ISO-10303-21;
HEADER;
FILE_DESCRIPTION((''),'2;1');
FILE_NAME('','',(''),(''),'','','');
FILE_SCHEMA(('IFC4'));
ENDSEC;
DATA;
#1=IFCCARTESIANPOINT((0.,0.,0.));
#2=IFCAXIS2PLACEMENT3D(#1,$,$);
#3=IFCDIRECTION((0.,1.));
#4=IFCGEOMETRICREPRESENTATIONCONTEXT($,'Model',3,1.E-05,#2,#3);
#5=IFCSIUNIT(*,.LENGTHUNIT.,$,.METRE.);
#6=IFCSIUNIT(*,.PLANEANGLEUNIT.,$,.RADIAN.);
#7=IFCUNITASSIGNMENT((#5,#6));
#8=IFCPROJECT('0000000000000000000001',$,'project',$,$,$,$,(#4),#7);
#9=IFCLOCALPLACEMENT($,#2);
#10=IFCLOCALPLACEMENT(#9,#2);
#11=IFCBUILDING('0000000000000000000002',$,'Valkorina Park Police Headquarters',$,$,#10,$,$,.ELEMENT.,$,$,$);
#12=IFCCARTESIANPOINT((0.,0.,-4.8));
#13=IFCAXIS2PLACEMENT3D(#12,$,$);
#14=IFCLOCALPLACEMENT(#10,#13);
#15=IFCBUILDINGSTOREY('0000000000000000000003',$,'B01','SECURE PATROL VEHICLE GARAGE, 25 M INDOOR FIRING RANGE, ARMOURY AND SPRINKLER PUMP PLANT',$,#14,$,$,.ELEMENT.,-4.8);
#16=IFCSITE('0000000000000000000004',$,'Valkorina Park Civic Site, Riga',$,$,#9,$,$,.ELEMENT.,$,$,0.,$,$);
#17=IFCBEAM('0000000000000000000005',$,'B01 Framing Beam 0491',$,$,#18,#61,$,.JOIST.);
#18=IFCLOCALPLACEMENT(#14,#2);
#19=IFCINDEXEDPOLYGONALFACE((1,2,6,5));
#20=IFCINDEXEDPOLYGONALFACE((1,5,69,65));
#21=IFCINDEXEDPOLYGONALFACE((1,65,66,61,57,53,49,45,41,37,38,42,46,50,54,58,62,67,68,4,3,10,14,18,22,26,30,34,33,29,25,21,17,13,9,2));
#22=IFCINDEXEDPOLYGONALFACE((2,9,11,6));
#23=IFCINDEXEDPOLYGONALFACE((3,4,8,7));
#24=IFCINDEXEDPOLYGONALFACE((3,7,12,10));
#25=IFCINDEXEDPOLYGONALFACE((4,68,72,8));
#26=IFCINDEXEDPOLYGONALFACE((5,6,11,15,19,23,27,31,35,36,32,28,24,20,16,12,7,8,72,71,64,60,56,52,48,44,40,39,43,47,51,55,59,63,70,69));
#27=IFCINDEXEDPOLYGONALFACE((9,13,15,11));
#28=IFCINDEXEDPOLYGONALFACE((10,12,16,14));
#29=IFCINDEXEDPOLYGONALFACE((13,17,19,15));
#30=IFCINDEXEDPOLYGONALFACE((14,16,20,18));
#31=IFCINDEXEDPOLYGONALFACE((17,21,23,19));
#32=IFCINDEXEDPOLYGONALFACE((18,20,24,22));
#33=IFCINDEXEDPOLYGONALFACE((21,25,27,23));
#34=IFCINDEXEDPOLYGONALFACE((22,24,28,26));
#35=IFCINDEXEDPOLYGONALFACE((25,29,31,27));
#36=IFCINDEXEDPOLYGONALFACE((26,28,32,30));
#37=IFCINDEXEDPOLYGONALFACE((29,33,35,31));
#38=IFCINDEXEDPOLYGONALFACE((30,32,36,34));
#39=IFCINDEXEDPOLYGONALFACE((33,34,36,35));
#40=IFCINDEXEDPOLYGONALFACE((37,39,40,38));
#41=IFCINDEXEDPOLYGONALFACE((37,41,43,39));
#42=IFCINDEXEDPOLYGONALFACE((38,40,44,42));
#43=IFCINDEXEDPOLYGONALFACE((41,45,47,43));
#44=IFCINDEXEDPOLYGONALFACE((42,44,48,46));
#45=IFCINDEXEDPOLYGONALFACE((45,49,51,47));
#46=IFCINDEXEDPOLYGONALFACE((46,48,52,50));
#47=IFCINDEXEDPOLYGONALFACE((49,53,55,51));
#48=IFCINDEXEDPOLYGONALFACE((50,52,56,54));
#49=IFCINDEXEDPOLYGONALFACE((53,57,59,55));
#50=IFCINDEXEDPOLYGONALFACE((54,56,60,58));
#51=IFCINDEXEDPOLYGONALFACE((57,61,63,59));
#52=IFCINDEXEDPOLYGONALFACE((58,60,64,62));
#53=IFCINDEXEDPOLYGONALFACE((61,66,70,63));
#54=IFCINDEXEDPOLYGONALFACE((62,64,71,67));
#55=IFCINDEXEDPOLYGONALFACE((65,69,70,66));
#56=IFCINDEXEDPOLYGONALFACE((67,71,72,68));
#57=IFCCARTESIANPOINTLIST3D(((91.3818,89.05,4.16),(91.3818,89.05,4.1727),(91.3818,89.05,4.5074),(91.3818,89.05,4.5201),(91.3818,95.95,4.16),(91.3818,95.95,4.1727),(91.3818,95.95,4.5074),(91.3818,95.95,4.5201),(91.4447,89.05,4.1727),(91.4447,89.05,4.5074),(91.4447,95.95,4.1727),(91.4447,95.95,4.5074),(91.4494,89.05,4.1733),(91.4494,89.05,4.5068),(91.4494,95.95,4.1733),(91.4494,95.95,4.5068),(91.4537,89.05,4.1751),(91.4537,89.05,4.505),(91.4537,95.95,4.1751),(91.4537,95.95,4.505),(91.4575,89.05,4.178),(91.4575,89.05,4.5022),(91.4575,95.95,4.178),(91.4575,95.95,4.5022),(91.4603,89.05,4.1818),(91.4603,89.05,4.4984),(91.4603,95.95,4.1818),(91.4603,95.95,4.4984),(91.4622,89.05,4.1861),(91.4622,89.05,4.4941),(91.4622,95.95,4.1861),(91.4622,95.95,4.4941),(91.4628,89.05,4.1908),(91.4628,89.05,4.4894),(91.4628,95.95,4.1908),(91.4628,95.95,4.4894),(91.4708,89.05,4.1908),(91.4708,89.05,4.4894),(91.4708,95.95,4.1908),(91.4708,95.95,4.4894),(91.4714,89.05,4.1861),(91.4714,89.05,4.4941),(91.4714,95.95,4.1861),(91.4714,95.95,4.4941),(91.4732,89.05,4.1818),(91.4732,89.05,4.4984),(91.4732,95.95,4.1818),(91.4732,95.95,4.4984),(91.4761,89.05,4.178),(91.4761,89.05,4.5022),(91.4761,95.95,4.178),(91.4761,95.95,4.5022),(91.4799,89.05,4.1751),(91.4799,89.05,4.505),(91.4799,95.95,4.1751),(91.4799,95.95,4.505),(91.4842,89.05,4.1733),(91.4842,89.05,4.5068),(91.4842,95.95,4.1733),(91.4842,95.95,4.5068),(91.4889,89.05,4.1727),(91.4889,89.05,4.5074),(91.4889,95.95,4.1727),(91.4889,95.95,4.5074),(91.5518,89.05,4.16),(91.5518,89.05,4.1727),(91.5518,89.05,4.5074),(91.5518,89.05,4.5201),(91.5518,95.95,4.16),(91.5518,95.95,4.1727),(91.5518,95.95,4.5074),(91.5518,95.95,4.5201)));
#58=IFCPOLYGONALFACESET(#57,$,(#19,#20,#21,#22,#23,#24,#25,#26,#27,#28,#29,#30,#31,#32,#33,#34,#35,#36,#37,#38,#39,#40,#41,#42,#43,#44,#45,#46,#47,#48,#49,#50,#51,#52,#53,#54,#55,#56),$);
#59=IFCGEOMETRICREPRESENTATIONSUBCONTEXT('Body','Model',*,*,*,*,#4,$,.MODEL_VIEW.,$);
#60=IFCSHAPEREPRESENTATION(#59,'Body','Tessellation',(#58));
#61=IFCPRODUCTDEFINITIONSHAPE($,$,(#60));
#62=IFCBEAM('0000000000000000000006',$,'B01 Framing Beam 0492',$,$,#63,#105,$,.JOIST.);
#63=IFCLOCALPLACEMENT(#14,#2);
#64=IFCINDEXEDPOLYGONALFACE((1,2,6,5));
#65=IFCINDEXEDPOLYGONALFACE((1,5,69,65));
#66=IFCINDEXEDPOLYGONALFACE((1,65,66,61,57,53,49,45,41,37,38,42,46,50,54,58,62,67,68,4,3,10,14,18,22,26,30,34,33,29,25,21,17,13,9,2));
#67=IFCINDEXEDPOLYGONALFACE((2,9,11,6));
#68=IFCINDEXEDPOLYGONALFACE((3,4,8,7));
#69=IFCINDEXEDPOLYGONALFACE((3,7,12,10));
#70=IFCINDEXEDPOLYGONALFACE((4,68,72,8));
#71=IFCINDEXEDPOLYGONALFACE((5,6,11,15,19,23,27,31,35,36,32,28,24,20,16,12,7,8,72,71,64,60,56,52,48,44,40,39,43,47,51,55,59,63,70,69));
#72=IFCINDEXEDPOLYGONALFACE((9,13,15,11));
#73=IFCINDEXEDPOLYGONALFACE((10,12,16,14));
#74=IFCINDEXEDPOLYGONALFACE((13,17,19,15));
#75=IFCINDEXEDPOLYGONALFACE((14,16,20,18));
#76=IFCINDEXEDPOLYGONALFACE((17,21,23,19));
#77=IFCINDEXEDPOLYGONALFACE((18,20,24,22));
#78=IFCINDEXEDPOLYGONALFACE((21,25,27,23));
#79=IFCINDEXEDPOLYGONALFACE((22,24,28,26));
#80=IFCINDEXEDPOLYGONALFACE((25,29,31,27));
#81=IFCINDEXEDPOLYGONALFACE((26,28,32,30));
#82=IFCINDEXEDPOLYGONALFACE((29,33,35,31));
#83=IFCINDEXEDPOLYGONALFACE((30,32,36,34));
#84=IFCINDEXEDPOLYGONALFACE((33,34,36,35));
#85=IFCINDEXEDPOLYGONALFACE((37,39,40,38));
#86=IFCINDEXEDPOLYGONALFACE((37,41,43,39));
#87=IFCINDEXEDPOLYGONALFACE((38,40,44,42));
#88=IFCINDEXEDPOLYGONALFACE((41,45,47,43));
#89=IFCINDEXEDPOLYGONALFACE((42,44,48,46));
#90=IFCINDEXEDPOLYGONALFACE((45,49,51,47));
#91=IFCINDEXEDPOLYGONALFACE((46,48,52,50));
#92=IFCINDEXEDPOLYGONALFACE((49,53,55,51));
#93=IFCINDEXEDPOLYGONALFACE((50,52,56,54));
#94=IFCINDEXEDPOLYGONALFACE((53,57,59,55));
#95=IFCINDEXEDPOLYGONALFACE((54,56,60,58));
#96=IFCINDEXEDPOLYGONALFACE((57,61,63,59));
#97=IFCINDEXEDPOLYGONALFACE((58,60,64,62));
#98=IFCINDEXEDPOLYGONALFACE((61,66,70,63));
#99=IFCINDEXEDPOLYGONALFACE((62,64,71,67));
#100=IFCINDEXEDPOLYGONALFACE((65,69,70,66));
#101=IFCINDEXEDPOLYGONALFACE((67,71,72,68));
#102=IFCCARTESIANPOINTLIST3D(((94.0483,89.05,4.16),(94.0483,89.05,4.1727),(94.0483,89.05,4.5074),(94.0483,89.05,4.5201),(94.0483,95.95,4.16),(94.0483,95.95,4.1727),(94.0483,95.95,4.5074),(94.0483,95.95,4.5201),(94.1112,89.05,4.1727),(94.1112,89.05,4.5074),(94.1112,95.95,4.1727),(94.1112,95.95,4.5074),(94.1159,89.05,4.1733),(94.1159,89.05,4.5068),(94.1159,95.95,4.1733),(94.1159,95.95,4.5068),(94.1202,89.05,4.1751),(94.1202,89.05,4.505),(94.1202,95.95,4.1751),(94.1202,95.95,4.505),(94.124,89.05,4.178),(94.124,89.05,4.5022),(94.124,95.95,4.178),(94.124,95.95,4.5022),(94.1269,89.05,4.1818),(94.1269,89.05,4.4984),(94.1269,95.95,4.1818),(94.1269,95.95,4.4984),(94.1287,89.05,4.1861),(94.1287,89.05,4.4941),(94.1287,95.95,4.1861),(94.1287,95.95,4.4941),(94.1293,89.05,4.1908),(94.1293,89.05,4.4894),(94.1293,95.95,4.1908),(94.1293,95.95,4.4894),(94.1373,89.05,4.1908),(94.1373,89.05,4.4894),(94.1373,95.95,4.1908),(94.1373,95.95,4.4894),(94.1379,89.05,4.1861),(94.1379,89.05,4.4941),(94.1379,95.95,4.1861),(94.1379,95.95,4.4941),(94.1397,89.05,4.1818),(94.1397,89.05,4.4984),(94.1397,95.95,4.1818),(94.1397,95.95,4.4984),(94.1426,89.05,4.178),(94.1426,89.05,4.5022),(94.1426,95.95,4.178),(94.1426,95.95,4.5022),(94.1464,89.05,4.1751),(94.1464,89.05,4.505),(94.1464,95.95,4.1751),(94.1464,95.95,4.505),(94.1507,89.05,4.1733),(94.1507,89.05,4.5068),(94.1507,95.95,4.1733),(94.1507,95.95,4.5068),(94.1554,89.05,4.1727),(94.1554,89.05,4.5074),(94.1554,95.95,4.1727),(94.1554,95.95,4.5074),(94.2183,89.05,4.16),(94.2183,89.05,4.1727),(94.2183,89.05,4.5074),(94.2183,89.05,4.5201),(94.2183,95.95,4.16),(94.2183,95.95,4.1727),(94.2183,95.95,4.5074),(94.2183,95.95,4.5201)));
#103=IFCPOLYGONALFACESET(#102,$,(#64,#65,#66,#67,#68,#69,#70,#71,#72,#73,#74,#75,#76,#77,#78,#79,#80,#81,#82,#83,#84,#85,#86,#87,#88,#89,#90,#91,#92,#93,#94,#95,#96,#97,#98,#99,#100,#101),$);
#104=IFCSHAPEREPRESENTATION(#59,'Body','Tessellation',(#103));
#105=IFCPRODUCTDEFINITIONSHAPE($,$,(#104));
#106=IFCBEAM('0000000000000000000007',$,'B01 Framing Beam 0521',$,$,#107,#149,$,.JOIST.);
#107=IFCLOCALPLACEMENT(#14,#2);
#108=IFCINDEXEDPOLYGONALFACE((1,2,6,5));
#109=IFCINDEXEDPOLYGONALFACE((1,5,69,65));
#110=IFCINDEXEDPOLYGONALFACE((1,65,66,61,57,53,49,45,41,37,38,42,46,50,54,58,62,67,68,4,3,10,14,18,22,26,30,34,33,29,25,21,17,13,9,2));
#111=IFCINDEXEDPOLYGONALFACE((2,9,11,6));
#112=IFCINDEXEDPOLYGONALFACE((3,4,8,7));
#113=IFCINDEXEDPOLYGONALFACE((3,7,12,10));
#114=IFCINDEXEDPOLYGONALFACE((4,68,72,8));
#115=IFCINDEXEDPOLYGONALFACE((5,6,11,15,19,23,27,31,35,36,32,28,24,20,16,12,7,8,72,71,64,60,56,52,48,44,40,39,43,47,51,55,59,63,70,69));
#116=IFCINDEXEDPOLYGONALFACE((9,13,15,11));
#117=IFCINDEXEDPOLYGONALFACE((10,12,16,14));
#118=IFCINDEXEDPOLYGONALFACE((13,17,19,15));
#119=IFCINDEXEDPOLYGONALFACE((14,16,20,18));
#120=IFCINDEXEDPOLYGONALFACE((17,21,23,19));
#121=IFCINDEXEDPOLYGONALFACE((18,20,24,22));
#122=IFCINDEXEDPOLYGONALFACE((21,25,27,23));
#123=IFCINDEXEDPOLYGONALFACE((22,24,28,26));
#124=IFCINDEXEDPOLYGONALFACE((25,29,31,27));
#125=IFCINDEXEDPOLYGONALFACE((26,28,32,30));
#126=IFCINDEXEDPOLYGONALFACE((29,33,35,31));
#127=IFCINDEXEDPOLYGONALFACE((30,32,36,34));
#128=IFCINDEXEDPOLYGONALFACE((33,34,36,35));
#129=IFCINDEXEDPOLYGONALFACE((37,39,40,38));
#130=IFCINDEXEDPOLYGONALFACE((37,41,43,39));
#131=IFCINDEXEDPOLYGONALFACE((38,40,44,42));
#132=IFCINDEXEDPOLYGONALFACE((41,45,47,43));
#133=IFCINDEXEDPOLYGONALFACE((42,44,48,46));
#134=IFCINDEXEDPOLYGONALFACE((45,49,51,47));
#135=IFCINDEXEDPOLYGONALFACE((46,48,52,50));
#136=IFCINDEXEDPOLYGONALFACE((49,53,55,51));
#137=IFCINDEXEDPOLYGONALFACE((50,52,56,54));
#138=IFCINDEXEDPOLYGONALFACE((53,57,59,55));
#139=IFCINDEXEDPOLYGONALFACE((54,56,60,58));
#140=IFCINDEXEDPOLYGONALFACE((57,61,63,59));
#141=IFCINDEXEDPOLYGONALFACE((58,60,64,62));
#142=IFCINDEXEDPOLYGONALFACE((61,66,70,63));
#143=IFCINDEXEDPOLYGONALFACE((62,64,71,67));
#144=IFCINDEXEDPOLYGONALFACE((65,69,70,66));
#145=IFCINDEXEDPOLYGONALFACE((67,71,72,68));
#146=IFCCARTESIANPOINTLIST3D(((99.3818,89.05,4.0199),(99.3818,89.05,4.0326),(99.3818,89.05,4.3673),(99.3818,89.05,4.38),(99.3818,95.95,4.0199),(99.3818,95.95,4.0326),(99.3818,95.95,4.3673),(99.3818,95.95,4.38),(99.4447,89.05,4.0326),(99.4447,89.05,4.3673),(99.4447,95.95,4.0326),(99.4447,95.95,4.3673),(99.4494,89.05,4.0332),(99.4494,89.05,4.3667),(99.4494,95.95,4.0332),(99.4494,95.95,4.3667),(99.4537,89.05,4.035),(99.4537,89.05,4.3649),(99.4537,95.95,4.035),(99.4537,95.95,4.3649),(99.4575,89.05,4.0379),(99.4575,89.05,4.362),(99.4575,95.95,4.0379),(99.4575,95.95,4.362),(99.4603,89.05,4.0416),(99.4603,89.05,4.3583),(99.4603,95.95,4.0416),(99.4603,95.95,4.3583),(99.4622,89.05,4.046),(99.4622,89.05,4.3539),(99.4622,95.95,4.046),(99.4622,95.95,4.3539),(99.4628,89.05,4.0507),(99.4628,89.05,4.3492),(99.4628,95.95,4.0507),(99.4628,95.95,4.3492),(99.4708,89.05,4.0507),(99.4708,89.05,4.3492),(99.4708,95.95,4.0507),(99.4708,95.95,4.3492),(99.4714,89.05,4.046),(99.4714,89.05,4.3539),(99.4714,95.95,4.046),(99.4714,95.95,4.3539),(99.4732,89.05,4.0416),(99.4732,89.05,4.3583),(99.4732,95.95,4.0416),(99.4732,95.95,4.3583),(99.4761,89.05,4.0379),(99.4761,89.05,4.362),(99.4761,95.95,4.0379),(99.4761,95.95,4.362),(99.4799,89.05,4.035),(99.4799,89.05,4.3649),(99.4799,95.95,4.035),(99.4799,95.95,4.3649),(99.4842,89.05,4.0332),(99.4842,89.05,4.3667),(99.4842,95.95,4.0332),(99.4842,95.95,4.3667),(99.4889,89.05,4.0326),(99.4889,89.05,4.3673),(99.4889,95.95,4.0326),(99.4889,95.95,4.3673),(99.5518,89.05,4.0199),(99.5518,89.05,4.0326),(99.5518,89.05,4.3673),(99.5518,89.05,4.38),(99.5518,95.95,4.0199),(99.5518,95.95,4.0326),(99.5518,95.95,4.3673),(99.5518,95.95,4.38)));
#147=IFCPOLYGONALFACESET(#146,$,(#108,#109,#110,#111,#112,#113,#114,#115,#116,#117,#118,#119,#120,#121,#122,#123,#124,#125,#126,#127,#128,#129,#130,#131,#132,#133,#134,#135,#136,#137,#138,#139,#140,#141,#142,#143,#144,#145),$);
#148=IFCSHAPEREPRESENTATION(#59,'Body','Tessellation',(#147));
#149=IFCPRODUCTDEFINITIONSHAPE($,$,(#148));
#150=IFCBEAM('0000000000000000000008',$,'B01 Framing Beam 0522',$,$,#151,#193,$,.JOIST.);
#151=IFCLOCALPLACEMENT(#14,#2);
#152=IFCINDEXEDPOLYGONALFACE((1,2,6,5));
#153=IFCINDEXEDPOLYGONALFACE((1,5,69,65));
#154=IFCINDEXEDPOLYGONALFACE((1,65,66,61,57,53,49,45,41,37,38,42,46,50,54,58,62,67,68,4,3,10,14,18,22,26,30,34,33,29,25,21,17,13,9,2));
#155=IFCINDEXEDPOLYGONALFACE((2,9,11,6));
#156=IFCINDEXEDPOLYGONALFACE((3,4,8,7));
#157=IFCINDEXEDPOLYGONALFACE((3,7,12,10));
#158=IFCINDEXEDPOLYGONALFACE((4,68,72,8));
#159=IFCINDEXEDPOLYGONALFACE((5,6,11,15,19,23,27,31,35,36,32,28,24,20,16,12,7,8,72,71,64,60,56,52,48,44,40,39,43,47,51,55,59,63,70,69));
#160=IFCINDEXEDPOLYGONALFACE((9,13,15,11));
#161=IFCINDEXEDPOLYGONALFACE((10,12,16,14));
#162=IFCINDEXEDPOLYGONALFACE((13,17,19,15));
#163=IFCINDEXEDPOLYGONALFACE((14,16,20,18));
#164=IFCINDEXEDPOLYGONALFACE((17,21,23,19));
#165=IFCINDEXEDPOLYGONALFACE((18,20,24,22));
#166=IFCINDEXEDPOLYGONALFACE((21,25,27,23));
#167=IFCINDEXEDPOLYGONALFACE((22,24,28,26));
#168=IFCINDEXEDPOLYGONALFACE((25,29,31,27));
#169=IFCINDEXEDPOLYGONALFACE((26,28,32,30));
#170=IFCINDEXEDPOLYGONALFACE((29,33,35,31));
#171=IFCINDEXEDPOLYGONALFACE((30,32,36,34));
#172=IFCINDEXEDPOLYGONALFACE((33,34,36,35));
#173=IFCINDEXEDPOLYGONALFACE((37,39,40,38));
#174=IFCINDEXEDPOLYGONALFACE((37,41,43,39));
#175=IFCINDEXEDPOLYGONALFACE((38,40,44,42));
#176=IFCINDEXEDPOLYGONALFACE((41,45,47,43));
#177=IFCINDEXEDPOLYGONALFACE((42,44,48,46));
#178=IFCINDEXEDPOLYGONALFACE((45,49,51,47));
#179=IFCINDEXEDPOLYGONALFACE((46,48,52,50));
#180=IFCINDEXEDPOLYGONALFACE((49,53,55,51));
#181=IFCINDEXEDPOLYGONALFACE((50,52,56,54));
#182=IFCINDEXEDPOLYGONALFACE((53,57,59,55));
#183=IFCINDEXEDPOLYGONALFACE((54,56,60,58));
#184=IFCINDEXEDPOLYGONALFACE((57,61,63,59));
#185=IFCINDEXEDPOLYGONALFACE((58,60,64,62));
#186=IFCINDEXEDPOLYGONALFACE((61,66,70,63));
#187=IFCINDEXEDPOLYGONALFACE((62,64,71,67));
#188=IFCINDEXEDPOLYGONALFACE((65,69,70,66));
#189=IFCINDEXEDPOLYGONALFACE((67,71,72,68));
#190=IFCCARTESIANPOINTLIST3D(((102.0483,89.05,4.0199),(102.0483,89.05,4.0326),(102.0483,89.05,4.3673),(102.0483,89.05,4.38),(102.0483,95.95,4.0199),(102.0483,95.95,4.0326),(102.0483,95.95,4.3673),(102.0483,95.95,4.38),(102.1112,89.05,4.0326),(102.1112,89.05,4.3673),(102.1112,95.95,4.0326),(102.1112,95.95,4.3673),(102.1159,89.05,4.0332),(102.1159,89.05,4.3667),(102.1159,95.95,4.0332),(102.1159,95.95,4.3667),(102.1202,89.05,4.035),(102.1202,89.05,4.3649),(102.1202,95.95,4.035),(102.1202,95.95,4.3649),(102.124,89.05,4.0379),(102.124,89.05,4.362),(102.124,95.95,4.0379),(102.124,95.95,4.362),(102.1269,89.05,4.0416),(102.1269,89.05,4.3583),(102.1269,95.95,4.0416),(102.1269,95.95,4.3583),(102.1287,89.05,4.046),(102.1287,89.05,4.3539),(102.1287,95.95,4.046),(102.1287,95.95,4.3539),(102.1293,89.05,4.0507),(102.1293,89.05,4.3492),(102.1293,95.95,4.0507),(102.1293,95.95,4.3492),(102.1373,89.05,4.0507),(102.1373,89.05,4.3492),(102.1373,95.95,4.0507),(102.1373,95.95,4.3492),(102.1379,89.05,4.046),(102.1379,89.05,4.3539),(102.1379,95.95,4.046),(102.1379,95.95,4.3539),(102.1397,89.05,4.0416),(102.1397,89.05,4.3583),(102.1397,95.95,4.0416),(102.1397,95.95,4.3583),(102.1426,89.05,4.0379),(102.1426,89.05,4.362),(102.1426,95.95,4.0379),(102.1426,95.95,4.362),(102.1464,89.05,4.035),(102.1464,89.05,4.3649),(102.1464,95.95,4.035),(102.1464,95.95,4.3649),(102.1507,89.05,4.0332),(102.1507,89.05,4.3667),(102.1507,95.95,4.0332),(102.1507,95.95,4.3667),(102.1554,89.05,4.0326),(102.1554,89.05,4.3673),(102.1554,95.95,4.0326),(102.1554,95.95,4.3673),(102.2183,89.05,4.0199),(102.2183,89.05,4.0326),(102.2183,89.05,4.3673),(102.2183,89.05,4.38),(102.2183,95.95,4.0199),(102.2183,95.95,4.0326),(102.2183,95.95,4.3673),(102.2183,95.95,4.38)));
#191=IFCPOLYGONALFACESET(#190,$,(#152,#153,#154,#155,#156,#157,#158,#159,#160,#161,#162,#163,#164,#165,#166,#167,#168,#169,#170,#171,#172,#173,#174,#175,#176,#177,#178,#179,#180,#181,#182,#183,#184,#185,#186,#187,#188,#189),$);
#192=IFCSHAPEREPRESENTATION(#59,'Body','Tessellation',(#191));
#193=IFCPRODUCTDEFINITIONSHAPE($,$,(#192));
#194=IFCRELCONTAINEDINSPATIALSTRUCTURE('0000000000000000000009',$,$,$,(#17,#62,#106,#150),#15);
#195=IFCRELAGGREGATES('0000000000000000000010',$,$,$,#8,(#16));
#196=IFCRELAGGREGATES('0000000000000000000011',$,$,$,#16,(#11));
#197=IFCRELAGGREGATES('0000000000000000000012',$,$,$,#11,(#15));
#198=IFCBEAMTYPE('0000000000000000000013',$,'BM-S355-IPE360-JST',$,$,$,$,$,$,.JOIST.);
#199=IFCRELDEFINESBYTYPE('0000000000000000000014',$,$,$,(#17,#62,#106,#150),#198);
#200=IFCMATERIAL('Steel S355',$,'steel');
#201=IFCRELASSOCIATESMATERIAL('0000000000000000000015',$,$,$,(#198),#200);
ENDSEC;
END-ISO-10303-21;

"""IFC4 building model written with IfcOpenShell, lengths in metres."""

from ifc_helpers import new_model, si_unit, direction, frame, origin, origin_2d, place, context, subcontext, project, spatial, i_section, extrude, material, material_profile, profile_set, type_object, element, save


model = new_model("IFC4")

# Units and contexts
model_context = context("Model", 3, precision=1e-05, world=origin(), true_north=direction((0.0, 1.0)))
body_context = subcontext(model_context, "Body", "Model", "MODEL_VIEW")
ifc_project = project(units=[si_unit("LENGTHUNIT", "METRE"), si_unit("PLANEANGLEUNIT", "RADIAN")], contexts=[model_context])

# Site, building, storey
site_placement = place(None, origin())
site = spatial("IfcSite", under=ifc_project, at=site_placement, Name="Valkorina Park Civic Site, Riga", CompositionType="ELEMENT", RefElevation=0.0)
building_placement = place(site_placement, origin())
building = spatial("IfcBuilding", under=site, at=building_placement, Name="Valkorina Park Police Headquarters", CompositionType="ELEMENT")
storey_placement = place(building_placement, frame((0.0, 0.0, -4.8)))
storey = spatial("IfcBuildingStorey", under=building, at=storey_placement, Name="B01", Description="SECURE PATROL VEHICLE GARAGE, 25 M INDOOR FIRING RANGE, ARMOURY AND SPRINKLER PUMP PLANT", CompositionType="ELEMENT", Elevation=-4.8)

# Beams
ifc_material_1 = material(Name="Steel S355", Category="steel")
ifc_material_profile_1 = material_profile(ifc_material_1, i_section(OverallWidth=0.1699, OverallDepth=0.3601, WebThickness=0.0081, FlangeThickness=0.0127, FilletRadius=0.0181, at=origin_2d()), Name="IPE 360")
ifc_profile_set_1 = profile_set([ifc_material_profile_1], Name="Steel S355")
beam_type_1 = type_object("IfcBeamType", Name="BM-S355-IPE360-JST", PredefinedType="JOIST", material=ifc_profile_set_1)
for number, where, z_axis, x_axis, name in (
    (1, (91.4668, 89.05, 4.3401), (0.0, 1.0, 0.0), (-1.0, 0.0, 0.0), "B01 Framing Beam 0491"),
    (2, (94.1333, 89.05, 4.3401), (0.0, 1.0, 0.0), (-1.0, 0.0, 0.0), "B01 Framing Beam 0492"),
    (3, (99.4668, 89.05, 4.2), (0.0, 1.0, 0.0), (-1.0, 0.0, 0.0), "B01 Framing Beam 0521"),
    (4, (102.1333, 89.05, 4.2), (0.0, 1.0, 0.0), (-1.0, 0.0, 0.0), "B01 Framing Beam 0522"),
):
    element("IfcBeam", number, at=place(storey_placement, frame(where, z_axis=z_axis, x_axis=x_axis)), inside=storey, type_object=beam_type_1, Name=name, PredefinedType="JOIST", context=body_context, shape_type="SweptSolid", body=[
        extrude(i_section(OverallWidth=0.1699, OverallDepth=0.3601, WebThickness=0.0081, FlangeThickness=0.0127, FilletRadius=0.0181, at=origin_2d()), origin(), (0.0, 0.0, 1.0), 6.8999),
    ])

save(model, "model.ifc")
